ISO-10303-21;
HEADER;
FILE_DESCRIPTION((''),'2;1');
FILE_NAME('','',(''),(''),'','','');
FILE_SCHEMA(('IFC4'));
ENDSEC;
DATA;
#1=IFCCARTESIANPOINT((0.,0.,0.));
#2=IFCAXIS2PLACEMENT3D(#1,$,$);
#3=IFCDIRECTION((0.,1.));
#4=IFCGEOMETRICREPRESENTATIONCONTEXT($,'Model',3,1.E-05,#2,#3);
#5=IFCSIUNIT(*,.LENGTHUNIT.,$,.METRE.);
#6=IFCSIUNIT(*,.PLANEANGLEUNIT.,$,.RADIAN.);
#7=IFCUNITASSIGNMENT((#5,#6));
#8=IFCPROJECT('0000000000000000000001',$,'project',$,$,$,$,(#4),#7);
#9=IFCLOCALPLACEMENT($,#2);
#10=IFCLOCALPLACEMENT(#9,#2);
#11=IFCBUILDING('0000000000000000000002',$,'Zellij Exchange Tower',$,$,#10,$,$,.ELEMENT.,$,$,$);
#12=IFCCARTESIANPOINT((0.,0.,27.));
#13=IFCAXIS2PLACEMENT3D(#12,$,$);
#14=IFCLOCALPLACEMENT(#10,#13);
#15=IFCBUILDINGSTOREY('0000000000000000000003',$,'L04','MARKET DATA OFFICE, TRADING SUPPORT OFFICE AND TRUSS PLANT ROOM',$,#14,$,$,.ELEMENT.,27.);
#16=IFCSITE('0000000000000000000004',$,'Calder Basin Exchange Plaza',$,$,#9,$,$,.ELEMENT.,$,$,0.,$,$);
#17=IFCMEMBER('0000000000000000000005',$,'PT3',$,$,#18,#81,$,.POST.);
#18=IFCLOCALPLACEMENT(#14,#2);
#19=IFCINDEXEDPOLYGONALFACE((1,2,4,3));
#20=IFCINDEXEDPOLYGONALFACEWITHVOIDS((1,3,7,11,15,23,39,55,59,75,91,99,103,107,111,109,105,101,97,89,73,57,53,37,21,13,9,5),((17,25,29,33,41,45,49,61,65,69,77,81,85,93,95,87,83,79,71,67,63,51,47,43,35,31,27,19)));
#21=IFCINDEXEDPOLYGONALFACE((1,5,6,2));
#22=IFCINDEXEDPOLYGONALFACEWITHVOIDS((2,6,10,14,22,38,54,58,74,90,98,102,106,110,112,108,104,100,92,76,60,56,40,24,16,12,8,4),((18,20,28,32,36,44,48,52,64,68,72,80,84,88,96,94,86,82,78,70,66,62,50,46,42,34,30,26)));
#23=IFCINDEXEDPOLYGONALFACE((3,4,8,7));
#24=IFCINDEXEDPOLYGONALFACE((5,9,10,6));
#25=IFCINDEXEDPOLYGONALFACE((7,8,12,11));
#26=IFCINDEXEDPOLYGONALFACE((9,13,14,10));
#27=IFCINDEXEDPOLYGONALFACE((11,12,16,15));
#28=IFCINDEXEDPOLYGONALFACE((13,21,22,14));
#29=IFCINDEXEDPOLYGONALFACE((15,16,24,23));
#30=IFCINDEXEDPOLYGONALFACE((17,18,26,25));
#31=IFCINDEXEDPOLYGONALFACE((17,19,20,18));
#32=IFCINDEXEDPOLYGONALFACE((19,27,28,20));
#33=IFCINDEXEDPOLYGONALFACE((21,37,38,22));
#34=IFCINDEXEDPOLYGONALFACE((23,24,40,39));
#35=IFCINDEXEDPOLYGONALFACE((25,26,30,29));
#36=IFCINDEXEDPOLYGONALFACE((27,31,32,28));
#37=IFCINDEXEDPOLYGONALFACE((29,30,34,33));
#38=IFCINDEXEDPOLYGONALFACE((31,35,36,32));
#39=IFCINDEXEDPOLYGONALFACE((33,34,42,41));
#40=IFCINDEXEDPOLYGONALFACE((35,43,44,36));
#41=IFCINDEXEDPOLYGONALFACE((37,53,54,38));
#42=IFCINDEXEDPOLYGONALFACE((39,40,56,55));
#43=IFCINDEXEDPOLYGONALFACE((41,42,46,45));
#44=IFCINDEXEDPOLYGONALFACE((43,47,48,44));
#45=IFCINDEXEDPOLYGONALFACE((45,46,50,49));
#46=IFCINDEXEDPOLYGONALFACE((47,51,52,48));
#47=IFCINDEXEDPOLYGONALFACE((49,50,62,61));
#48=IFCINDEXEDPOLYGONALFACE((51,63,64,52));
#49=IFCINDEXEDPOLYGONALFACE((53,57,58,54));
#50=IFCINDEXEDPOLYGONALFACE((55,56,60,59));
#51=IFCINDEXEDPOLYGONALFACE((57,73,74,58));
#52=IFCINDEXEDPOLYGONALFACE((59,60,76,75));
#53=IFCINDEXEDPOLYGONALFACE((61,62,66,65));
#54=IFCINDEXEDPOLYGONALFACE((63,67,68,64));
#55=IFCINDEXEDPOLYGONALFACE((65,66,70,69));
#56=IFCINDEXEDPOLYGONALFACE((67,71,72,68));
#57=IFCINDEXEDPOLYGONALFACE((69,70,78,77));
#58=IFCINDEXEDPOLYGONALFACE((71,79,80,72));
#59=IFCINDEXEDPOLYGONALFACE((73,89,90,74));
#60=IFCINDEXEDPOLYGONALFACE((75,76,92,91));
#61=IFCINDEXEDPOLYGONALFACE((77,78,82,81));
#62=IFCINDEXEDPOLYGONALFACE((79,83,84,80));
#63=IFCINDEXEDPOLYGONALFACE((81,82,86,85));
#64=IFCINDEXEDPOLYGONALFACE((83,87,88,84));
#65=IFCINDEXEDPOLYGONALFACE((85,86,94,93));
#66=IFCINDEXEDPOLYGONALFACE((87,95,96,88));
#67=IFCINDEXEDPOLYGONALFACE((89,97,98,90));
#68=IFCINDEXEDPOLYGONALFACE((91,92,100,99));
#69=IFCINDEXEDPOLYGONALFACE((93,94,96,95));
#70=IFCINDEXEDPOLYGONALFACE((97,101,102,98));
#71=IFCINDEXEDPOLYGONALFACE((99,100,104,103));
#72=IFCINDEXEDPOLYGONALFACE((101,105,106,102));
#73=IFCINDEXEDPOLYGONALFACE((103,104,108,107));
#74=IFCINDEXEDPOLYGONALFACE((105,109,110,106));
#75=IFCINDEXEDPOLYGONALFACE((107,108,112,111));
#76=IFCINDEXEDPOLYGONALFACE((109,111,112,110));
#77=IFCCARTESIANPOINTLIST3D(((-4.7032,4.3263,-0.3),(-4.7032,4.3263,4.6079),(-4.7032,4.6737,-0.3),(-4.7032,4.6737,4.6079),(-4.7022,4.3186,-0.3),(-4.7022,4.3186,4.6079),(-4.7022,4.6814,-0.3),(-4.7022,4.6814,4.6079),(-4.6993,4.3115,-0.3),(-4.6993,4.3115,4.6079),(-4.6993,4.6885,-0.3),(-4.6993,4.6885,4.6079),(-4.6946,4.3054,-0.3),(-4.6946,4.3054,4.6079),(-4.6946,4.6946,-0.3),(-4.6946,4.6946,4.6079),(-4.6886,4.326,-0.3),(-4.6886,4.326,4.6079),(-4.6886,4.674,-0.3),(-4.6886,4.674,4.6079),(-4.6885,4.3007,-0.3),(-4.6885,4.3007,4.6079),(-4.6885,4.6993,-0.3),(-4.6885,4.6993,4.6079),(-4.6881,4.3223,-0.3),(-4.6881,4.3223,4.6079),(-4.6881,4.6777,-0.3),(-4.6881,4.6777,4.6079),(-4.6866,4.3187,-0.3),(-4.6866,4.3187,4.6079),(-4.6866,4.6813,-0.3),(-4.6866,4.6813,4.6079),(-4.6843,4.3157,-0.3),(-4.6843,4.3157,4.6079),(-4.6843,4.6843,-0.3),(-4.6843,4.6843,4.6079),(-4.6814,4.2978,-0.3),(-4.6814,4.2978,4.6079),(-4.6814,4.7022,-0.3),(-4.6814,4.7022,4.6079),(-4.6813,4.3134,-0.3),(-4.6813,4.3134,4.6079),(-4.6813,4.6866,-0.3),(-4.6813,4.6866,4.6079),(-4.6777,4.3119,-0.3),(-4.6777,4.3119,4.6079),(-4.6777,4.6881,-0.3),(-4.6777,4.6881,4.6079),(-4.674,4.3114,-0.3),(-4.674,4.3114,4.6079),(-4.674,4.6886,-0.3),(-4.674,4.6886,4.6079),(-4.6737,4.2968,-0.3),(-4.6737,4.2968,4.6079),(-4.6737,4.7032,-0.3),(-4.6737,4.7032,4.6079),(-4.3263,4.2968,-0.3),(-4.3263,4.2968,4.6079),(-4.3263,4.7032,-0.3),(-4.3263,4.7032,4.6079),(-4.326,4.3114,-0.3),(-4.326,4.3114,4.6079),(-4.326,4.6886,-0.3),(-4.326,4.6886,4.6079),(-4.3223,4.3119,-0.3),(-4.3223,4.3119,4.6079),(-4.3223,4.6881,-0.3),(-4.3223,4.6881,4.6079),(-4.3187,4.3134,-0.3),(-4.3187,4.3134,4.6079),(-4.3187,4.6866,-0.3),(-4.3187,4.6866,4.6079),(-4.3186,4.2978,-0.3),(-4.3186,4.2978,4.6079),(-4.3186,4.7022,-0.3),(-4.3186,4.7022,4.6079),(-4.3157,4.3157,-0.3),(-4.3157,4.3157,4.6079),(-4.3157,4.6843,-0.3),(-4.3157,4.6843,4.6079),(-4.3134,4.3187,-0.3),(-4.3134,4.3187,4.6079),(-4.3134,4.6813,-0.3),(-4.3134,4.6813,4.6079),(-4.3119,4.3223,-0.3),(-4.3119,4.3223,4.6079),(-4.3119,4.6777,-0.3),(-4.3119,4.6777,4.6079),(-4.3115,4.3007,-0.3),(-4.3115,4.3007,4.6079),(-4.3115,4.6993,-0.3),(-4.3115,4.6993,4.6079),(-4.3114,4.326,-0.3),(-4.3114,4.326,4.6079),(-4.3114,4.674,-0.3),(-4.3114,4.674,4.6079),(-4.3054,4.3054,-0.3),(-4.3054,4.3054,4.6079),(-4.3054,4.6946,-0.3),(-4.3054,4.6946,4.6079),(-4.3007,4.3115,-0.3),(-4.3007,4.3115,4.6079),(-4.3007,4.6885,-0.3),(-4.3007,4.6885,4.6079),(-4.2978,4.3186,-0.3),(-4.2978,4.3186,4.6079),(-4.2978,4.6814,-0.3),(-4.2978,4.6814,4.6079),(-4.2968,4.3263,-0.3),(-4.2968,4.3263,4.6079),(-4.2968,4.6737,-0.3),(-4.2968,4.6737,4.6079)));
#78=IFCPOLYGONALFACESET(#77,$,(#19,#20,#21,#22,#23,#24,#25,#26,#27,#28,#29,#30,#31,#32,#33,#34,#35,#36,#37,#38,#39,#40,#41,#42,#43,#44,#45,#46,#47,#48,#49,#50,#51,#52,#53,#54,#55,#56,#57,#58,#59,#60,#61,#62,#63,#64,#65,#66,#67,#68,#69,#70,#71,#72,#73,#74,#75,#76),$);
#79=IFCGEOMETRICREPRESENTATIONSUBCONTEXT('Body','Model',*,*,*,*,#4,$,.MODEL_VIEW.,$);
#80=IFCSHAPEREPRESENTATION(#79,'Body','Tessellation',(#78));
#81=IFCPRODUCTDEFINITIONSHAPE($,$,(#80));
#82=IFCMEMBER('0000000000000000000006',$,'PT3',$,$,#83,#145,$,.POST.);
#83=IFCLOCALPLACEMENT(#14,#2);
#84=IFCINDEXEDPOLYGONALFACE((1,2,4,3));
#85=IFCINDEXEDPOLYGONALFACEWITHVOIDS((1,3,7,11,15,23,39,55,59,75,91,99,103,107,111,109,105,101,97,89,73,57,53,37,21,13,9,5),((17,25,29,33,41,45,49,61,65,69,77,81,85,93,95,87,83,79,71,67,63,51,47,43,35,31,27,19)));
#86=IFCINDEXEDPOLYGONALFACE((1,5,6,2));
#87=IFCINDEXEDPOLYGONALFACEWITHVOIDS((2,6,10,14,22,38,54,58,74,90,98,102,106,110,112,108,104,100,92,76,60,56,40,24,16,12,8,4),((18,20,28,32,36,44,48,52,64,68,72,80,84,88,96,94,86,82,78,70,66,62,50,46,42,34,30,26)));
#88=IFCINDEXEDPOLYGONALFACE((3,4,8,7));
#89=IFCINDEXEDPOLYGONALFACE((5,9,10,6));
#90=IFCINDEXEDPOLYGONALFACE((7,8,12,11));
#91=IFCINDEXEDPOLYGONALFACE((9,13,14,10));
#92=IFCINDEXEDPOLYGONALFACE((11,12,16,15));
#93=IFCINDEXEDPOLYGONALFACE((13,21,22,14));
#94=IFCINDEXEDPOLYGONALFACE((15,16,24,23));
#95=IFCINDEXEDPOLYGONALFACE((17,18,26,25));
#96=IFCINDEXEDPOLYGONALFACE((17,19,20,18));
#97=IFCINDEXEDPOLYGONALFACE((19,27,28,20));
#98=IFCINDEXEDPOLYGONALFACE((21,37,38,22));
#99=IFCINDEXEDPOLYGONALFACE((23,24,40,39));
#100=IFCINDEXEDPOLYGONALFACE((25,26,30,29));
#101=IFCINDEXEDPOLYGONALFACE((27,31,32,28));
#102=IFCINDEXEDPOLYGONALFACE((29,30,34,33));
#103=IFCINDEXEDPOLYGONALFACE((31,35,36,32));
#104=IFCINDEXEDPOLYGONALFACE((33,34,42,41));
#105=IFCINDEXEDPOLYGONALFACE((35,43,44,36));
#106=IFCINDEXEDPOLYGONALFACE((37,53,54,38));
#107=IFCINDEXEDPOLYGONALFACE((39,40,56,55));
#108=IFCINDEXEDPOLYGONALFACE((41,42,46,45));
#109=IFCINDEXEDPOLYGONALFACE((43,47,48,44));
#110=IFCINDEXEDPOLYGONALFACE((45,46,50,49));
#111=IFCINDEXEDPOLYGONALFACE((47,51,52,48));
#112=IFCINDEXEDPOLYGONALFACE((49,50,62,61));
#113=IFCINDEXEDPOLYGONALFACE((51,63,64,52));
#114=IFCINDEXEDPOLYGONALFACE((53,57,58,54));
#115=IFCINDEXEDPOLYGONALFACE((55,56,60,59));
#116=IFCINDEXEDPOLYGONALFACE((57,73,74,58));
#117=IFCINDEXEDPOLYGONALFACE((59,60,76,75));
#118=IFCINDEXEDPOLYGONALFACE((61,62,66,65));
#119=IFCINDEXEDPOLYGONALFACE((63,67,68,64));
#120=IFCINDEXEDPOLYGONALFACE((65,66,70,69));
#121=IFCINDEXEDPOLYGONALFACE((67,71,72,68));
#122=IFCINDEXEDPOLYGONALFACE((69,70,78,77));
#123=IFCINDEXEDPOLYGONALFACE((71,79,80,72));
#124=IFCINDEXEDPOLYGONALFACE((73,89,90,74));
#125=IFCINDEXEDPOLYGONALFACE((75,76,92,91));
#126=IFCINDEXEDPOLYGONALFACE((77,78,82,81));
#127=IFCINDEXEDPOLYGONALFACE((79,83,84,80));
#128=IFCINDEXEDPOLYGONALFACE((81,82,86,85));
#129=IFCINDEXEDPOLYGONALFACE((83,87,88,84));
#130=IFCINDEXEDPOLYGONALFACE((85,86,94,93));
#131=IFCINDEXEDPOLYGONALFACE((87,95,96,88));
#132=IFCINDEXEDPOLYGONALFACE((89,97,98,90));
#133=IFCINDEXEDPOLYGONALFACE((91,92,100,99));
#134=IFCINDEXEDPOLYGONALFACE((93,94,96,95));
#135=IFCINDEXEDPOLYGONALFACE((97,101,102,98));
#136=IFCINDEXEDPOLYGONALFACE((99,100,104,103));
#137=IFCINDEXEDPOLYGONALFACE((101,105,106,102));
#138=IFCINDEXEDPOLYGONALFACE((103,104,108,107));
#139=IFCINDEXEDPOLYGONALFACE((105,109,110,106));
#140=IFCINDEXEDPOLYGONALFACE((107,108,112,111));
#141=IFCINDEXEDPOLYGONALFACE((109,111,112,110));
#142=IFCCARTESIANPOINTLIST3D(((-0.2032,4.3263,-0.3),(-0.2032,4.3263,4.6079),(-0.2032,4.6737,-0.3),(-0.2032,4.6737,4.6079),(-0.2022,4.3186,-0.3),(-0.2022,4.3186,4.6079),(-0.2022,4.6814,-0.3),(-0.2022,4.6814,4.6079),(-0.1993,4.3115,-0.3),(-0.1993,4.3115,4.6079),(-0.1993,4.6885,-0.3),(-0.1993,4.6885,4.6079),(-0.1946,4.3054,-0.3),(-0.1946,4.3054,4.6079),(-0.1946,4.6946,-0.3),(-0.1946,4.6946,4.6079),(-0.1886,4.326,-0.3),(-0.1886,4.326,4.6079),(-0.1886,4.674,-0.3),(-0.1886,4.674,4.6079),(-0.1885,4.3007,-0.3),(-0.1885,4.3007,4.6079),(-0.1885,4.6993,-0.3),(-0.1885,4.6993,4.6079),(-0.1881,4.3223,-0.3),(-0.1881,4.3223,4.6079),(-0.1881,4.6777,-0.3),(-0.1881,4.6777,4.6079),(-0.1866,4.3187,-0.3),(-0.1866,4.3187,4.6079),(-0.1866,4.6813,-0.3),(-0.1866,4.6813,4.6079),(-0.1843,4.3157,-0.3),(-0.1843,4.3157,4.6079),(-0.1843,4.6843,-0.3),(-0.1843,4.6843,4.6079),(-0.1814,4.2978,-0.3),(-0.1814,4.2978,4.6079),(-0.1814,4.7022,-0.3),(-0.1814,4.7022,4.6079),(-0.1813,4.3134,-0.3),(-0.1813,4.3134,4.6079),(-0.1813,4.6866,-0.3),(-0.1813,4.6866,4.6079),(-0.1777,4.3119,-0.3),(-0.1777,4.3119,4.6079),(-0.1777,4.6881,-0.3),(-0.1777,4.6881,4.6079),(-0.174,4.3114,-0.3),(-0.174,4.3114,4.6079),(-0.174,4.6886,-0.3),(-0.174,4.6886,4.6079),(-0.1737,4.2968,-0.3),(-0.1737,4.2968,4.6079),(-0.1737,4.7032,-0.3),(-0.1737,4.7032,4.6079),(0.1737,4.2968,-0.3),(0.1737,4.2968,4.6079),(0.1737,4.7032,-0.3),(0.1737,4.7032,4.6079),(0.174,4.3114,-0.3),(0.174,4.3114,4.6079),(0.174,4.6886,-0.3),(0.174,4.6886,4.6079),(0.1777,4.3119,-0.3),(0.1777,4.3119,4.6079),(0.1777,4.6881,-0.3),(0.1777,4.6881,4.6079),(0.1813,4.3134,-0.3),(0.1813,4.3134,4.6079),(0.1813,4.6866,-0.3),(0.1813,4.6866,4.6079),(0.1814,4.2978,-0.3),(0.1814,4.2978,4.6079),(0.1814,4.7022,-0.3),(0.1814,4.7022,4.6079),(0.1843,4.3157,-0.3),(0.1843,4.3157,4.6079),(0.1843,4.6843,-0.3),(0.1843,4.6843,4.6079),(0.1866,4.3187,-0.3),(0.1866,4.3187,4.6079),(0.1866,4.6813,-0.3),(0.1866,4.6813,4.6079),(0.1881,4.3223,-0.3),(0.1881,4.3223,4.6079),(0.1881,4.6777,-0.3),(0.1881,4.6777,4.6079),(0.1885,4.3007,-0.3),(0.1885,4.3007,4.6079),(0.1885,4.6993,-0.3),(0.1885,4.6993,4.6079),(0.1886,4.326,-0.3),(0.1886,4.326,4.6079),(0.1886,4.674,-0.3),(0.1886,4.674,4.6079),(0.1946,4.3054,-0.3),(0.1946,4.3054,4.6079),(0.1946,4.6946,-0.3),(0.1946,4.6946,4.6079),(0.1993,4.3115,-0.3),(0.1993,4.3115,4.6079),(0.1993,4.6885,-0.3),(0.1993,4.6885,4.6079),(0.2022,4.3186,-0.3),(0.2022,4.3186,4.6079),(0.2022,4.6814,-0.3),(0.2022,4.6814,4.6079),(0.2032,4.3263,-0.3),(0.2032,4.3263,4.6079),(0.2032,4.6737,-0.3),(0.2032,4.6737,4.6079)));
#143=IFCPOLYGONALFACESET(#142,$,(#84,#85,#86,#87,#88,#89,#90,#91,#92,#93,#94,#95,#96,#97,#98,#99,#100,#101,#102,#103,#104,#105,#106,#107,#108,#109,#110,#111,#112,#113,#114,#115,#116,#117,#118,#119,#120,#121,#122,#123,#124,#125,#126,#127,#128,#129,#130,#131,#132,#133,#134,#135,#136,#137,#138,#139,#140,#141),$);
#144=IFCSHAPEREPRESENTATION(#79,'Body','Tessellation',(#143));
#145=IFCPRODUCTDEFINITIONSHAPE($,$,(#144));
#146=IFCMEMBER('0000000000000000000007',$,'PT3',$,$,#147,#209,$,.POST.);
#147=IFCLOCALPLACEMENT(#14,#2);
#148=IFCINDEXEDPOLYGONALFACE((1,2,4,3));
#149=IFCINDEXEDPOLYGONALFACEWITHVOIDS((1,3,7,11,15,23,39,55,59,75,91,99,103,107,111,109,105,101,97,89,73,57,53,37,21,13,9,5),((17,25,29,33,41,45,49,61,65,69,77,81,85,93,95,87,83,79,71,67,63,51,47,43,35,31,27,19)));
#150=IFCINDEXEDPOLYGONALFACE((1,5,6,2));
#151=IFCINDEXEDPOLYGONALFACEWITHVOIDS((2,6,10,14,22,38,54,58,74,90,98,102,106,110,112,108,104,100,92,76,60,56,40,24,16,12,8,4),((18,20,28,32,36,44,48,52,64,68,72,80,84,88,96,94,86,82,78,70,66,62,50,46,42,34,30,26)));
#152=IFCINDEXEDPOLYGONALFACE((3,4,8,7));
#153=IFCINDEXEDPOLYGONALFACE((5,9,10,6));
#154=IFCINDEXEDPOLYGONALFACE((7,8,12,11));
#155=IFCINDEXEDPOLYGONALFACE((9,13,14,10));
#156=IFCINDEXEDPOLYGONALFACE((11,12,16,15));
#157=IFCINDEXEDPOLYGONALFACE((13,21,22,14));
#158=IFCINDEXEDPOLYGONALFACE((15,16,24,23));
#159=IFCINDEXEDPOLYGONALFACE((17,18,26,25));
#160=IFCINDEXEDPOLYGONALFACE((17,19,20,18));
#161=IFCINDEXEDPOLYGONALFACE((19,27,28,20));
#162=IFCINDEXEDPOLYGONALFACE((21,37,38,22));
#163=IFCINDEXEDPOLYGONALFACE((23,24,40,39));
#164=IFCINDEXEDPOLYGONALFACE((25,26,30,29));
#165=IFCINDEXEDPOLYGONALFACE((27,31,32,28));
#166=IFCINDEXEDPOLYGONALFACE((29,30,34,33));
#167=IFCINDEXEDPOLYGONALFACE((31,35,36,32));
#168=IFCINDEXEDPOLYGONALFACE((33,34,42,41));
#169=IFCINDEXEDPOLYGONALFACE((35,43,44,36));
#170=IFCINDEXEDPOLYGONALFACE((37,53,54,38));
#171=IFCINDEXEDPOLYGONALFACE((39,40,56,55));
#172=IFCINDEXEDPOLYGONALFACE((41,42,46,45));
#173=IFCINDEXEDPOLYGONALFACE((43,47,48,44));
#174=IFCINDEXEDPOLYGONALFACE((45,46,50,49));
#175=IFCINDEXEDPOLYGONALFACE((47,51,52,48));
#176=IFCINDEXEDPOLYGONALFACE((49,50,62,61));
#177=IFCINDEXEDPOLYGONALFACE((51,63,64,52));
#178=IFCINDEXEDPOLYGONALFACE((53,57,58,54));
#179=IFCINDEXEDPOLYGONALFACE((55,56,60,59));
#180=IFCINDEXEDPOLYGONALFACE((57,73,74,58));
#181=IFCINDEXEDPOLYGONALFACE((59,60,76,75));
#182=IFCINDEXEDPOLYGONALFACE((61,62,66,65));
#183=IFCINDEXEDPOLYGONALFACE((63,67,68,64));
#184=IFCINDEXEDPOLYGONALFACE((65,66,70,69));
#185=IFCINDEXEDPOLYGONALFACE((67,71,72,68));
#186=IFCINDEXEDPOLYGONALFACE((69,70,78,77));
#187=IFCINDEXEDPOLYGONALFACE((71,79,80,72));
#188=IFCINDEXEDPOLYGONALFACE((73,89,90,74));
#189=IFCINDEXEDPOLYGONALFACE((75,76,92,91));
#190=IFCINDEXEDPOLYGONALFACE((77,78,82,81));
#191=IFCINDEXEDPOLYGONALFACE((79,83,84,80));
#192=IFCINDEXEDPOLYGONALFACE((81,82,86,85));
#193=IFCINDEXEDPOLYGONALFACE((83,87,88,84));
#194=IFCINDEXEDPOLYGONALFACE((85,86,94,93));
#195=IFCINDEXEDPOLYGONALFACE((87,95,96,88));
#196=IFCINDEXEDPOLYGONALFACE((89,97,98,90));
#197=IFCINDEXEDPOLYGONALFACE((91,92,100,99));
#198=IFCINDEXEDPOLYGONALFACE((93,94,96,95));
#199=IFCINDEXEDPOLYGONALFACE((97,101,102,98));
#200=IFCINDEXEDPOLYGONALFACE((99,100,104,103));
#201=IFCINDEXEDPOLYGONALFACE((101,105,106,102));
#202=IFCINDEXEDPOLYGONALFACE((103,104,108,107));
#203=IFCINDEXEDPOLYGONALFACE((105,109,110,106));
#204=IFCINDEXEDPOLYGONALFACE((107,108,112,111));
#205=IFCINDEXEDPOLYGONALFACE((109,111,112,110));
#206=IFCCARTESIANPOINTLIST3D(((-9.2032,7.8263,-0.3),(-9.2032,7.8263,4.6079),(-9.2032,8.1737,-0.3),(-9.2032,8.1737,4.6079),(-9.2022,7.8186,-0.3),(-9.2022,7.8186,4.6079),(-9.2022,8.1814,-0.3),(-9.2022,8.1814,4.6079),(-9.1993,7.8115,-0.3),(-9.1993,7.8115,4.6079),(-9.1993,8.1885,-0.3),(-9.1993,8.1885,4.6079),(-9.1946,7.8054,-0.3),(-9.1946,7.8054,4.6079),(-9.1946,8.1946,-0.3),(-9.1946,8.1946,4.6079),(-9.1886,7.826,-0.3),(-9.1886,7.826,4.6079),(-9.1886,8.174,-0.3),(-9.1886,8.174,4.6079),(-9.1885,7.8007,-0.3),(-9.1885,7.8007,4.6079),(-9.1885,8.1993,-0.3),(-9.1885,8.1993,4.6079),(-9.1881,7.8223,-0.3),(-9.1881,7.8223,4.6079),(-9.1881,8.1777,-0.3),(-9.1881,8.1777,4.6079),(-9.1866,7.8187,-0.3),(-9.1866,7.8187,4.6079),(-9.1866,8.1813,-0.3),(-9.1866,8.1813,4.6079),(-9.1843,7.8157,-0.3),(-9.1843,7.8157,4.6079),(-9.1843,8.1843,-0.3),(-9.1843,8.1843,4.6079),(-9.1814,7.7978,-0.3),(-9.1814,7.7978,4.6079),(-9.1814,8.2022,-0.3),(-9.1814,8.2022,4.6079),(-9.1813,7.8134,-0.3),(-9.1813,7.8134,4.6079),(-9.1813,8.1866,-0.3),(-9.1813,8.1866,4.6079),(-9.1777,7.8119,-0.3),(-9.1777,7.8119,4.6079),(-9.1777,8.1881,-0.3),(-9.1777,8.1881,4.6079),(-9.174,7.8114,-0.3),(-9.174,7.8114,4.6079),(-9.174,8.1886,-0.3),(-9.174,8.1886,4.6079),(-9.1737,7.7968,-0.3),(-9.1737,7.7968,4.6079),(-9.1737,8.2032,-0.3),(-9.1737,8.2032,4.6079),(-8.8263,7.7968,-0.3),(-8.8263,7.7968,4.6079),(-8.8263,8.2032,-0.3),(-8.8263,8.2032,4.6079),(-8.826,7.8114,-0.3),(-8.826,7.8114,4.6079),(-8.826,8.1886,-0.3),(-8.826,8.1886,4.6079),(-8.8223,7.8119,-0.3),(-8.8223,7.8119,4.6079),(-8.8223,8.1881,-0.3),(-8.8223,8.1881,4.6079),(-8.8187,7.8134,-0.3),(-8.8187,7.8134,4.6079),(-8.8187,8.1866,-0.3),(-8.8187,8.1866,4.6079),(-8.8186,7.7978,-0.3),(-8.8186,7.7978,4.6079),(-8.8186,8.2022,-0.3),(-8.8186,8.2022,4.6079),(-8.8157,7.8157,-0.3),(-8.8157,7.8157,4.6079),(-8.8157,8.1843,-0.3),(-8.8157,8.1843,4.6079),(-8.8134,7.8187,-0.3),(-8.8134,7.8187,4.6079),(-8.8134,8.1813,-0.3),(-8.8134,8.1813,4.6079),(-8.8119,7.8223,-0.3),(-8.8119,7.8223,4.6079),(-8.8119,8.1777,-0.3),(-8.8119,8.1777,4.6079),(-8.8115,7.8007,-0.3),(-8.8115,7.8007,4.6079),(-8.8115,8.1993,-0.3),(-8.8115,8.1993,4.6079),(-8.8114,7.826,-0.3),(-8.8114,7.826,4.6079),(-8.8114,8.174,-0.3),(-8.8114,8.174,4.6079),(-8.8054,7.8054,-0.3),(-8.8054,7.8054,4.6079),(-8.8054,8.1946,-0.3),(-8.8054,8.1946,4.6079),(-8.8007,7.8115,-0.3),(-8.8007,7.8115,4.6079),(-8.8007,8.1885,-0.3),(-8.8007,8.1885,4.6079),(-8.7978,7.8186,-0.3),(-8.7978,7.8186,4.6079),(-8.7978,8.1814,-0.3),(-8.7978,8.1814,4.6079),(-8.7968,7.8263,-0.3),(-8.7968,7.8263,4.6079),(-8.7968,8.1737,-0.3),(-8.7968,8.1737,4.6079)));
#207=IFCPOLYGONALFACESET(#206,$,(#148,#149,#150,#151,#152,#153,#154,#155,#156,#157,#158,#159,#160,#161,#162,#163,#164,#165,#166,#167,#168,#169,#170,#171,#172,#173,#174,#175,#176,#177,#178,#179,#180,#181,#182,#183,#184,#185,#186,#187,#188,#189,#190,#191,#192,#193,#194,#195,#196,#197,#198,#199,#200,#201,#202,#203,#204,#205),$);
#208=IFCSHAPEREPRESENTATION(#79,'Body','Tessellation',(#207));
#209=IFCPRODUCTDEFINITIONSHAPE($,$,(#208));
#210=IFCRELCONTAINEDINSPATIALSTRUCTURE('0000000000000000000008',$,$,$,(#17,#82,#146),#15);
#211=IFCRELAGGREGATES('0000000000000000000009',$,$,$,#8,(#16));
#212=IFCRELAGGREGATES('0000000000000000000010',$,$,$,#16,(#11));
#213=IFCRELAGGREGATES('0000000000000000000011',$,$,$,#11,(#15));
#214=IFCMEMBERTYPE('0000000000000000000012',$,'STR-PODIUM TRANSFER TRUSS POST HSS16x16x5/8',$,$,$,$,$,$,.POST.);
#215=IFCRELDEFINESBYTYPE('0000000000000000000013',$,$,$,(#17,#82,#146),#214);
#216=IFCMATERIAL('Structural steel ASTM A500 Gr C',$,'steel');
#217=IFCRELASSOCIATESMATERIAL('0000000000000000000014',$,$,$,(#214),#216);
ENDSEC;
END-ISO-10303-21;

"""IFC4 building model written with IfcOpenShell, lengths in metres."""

from ifc_helpers import new_model, si_unit, direction, frame, origin, origin_2d, place, context, subcontext, project, spatial, hollow_rectangle, extrude, material, material_profile, profile_set, type_object, element, save


model = new_model("IFC4")

# Units and contexts
model_context = context("Model", 3, precision=1e-05, world=origin(), true_north=direction((0.0, 1.0)))
body_context = subcontext(model_context, "Body", "Model", "MODEL_VIEW")
ifc_project = project(units=[si_unit("LENGTHUNIT", "METRE"), si_unit("PLANEANGLEUNIT", "RADIAN")], contexts=[model_context])

# Site, building, storey
site_placement = place(None, origin())
site = spatial("IfcSite", under=ifc_project, at=site_placement, Name="Calder Basin Exchange Plaza", CompositionType="ELEMENT", RefElevation=0.0)
building_placement = place(site_placement, origin())
building = spatial("IfcBuilding", under=site, at=building_placement, Name="Zellij Exchange Tower", CompositionType="ELEMENT")
storey_placement = place(building_placement, frame((0.0, 0.0, 27.0)))
storey = spatial("IfcBuildingStorey", under=building, at=storey_placement, Name="L04", Description="MARKET DATA OFFICE, TRADING SUPPORT OFFICE AND TRUSS PLANT ROOM", CompositionType="ELEMENT", Elevation=27.0)

# Members
ifc_material_1 = material(Name="Structural steel ASTM A500 Gr C", Category="steel")
ifc_material_profile_1 = material_profile(ifc_material_1, hollow_rectangle(XDim=0.4065, YDim=0.4065, WallThickness=0.0146, InnerFilletRadius=0.0146, OuterFilletRadius=0.0295, at=origin_2d()), Name="STR-PODIUM TRANSFER TRUSS POST HSS16x16x5/8")
ifc_profile_set_1 = profile_set([ifc_material_profile_1], Name="Structural steel ASTM A500 Gr C")
member_type_1 = type_object("IfcMemberType", Name="STR-PODIUM TRANSFER TRUSS POST HSS16x16x5/8", PredefinedType="POST", material=ifc_profile_set_1)
for number, where, z_axis, x_axis, name in (
    (1, (-4.5, 4.5, -0.3), (0.0, 0.0, 1.0), (1.0, 0.0, 0.0), "PT3"),
    (2, (0.0, 4.5, -0.3), (0.0, 0.0, 1.0), (1.0, 0.0, 0.0), "PT3"),
    (3, (-9.0, 8.0, -0.3), (0.0, 0.0, 1.0), (1.0, 0.0, 0.0), "PT3"),
):
    element("IfcMember", number, at=place(storey_placement, frame(where, z_axis=z_axis, x_axis=x_axis)), inside=storey, type_object=member_type_1, Name=name, PredefinedType="POST", context=body_context, shape_type="SweptSolid", body=[
        extrude(hollow_rectangle(XDim=0.4065, YDim=0.4065, WallThickness=0.0146, InnerFilletRadius=0.0146, OuterFilletRadius=0.0295, at=origin_2d()), origin(), (0.0, 0.0, 1.0), 4.908),
    ])

save(model, "model.ifc")
